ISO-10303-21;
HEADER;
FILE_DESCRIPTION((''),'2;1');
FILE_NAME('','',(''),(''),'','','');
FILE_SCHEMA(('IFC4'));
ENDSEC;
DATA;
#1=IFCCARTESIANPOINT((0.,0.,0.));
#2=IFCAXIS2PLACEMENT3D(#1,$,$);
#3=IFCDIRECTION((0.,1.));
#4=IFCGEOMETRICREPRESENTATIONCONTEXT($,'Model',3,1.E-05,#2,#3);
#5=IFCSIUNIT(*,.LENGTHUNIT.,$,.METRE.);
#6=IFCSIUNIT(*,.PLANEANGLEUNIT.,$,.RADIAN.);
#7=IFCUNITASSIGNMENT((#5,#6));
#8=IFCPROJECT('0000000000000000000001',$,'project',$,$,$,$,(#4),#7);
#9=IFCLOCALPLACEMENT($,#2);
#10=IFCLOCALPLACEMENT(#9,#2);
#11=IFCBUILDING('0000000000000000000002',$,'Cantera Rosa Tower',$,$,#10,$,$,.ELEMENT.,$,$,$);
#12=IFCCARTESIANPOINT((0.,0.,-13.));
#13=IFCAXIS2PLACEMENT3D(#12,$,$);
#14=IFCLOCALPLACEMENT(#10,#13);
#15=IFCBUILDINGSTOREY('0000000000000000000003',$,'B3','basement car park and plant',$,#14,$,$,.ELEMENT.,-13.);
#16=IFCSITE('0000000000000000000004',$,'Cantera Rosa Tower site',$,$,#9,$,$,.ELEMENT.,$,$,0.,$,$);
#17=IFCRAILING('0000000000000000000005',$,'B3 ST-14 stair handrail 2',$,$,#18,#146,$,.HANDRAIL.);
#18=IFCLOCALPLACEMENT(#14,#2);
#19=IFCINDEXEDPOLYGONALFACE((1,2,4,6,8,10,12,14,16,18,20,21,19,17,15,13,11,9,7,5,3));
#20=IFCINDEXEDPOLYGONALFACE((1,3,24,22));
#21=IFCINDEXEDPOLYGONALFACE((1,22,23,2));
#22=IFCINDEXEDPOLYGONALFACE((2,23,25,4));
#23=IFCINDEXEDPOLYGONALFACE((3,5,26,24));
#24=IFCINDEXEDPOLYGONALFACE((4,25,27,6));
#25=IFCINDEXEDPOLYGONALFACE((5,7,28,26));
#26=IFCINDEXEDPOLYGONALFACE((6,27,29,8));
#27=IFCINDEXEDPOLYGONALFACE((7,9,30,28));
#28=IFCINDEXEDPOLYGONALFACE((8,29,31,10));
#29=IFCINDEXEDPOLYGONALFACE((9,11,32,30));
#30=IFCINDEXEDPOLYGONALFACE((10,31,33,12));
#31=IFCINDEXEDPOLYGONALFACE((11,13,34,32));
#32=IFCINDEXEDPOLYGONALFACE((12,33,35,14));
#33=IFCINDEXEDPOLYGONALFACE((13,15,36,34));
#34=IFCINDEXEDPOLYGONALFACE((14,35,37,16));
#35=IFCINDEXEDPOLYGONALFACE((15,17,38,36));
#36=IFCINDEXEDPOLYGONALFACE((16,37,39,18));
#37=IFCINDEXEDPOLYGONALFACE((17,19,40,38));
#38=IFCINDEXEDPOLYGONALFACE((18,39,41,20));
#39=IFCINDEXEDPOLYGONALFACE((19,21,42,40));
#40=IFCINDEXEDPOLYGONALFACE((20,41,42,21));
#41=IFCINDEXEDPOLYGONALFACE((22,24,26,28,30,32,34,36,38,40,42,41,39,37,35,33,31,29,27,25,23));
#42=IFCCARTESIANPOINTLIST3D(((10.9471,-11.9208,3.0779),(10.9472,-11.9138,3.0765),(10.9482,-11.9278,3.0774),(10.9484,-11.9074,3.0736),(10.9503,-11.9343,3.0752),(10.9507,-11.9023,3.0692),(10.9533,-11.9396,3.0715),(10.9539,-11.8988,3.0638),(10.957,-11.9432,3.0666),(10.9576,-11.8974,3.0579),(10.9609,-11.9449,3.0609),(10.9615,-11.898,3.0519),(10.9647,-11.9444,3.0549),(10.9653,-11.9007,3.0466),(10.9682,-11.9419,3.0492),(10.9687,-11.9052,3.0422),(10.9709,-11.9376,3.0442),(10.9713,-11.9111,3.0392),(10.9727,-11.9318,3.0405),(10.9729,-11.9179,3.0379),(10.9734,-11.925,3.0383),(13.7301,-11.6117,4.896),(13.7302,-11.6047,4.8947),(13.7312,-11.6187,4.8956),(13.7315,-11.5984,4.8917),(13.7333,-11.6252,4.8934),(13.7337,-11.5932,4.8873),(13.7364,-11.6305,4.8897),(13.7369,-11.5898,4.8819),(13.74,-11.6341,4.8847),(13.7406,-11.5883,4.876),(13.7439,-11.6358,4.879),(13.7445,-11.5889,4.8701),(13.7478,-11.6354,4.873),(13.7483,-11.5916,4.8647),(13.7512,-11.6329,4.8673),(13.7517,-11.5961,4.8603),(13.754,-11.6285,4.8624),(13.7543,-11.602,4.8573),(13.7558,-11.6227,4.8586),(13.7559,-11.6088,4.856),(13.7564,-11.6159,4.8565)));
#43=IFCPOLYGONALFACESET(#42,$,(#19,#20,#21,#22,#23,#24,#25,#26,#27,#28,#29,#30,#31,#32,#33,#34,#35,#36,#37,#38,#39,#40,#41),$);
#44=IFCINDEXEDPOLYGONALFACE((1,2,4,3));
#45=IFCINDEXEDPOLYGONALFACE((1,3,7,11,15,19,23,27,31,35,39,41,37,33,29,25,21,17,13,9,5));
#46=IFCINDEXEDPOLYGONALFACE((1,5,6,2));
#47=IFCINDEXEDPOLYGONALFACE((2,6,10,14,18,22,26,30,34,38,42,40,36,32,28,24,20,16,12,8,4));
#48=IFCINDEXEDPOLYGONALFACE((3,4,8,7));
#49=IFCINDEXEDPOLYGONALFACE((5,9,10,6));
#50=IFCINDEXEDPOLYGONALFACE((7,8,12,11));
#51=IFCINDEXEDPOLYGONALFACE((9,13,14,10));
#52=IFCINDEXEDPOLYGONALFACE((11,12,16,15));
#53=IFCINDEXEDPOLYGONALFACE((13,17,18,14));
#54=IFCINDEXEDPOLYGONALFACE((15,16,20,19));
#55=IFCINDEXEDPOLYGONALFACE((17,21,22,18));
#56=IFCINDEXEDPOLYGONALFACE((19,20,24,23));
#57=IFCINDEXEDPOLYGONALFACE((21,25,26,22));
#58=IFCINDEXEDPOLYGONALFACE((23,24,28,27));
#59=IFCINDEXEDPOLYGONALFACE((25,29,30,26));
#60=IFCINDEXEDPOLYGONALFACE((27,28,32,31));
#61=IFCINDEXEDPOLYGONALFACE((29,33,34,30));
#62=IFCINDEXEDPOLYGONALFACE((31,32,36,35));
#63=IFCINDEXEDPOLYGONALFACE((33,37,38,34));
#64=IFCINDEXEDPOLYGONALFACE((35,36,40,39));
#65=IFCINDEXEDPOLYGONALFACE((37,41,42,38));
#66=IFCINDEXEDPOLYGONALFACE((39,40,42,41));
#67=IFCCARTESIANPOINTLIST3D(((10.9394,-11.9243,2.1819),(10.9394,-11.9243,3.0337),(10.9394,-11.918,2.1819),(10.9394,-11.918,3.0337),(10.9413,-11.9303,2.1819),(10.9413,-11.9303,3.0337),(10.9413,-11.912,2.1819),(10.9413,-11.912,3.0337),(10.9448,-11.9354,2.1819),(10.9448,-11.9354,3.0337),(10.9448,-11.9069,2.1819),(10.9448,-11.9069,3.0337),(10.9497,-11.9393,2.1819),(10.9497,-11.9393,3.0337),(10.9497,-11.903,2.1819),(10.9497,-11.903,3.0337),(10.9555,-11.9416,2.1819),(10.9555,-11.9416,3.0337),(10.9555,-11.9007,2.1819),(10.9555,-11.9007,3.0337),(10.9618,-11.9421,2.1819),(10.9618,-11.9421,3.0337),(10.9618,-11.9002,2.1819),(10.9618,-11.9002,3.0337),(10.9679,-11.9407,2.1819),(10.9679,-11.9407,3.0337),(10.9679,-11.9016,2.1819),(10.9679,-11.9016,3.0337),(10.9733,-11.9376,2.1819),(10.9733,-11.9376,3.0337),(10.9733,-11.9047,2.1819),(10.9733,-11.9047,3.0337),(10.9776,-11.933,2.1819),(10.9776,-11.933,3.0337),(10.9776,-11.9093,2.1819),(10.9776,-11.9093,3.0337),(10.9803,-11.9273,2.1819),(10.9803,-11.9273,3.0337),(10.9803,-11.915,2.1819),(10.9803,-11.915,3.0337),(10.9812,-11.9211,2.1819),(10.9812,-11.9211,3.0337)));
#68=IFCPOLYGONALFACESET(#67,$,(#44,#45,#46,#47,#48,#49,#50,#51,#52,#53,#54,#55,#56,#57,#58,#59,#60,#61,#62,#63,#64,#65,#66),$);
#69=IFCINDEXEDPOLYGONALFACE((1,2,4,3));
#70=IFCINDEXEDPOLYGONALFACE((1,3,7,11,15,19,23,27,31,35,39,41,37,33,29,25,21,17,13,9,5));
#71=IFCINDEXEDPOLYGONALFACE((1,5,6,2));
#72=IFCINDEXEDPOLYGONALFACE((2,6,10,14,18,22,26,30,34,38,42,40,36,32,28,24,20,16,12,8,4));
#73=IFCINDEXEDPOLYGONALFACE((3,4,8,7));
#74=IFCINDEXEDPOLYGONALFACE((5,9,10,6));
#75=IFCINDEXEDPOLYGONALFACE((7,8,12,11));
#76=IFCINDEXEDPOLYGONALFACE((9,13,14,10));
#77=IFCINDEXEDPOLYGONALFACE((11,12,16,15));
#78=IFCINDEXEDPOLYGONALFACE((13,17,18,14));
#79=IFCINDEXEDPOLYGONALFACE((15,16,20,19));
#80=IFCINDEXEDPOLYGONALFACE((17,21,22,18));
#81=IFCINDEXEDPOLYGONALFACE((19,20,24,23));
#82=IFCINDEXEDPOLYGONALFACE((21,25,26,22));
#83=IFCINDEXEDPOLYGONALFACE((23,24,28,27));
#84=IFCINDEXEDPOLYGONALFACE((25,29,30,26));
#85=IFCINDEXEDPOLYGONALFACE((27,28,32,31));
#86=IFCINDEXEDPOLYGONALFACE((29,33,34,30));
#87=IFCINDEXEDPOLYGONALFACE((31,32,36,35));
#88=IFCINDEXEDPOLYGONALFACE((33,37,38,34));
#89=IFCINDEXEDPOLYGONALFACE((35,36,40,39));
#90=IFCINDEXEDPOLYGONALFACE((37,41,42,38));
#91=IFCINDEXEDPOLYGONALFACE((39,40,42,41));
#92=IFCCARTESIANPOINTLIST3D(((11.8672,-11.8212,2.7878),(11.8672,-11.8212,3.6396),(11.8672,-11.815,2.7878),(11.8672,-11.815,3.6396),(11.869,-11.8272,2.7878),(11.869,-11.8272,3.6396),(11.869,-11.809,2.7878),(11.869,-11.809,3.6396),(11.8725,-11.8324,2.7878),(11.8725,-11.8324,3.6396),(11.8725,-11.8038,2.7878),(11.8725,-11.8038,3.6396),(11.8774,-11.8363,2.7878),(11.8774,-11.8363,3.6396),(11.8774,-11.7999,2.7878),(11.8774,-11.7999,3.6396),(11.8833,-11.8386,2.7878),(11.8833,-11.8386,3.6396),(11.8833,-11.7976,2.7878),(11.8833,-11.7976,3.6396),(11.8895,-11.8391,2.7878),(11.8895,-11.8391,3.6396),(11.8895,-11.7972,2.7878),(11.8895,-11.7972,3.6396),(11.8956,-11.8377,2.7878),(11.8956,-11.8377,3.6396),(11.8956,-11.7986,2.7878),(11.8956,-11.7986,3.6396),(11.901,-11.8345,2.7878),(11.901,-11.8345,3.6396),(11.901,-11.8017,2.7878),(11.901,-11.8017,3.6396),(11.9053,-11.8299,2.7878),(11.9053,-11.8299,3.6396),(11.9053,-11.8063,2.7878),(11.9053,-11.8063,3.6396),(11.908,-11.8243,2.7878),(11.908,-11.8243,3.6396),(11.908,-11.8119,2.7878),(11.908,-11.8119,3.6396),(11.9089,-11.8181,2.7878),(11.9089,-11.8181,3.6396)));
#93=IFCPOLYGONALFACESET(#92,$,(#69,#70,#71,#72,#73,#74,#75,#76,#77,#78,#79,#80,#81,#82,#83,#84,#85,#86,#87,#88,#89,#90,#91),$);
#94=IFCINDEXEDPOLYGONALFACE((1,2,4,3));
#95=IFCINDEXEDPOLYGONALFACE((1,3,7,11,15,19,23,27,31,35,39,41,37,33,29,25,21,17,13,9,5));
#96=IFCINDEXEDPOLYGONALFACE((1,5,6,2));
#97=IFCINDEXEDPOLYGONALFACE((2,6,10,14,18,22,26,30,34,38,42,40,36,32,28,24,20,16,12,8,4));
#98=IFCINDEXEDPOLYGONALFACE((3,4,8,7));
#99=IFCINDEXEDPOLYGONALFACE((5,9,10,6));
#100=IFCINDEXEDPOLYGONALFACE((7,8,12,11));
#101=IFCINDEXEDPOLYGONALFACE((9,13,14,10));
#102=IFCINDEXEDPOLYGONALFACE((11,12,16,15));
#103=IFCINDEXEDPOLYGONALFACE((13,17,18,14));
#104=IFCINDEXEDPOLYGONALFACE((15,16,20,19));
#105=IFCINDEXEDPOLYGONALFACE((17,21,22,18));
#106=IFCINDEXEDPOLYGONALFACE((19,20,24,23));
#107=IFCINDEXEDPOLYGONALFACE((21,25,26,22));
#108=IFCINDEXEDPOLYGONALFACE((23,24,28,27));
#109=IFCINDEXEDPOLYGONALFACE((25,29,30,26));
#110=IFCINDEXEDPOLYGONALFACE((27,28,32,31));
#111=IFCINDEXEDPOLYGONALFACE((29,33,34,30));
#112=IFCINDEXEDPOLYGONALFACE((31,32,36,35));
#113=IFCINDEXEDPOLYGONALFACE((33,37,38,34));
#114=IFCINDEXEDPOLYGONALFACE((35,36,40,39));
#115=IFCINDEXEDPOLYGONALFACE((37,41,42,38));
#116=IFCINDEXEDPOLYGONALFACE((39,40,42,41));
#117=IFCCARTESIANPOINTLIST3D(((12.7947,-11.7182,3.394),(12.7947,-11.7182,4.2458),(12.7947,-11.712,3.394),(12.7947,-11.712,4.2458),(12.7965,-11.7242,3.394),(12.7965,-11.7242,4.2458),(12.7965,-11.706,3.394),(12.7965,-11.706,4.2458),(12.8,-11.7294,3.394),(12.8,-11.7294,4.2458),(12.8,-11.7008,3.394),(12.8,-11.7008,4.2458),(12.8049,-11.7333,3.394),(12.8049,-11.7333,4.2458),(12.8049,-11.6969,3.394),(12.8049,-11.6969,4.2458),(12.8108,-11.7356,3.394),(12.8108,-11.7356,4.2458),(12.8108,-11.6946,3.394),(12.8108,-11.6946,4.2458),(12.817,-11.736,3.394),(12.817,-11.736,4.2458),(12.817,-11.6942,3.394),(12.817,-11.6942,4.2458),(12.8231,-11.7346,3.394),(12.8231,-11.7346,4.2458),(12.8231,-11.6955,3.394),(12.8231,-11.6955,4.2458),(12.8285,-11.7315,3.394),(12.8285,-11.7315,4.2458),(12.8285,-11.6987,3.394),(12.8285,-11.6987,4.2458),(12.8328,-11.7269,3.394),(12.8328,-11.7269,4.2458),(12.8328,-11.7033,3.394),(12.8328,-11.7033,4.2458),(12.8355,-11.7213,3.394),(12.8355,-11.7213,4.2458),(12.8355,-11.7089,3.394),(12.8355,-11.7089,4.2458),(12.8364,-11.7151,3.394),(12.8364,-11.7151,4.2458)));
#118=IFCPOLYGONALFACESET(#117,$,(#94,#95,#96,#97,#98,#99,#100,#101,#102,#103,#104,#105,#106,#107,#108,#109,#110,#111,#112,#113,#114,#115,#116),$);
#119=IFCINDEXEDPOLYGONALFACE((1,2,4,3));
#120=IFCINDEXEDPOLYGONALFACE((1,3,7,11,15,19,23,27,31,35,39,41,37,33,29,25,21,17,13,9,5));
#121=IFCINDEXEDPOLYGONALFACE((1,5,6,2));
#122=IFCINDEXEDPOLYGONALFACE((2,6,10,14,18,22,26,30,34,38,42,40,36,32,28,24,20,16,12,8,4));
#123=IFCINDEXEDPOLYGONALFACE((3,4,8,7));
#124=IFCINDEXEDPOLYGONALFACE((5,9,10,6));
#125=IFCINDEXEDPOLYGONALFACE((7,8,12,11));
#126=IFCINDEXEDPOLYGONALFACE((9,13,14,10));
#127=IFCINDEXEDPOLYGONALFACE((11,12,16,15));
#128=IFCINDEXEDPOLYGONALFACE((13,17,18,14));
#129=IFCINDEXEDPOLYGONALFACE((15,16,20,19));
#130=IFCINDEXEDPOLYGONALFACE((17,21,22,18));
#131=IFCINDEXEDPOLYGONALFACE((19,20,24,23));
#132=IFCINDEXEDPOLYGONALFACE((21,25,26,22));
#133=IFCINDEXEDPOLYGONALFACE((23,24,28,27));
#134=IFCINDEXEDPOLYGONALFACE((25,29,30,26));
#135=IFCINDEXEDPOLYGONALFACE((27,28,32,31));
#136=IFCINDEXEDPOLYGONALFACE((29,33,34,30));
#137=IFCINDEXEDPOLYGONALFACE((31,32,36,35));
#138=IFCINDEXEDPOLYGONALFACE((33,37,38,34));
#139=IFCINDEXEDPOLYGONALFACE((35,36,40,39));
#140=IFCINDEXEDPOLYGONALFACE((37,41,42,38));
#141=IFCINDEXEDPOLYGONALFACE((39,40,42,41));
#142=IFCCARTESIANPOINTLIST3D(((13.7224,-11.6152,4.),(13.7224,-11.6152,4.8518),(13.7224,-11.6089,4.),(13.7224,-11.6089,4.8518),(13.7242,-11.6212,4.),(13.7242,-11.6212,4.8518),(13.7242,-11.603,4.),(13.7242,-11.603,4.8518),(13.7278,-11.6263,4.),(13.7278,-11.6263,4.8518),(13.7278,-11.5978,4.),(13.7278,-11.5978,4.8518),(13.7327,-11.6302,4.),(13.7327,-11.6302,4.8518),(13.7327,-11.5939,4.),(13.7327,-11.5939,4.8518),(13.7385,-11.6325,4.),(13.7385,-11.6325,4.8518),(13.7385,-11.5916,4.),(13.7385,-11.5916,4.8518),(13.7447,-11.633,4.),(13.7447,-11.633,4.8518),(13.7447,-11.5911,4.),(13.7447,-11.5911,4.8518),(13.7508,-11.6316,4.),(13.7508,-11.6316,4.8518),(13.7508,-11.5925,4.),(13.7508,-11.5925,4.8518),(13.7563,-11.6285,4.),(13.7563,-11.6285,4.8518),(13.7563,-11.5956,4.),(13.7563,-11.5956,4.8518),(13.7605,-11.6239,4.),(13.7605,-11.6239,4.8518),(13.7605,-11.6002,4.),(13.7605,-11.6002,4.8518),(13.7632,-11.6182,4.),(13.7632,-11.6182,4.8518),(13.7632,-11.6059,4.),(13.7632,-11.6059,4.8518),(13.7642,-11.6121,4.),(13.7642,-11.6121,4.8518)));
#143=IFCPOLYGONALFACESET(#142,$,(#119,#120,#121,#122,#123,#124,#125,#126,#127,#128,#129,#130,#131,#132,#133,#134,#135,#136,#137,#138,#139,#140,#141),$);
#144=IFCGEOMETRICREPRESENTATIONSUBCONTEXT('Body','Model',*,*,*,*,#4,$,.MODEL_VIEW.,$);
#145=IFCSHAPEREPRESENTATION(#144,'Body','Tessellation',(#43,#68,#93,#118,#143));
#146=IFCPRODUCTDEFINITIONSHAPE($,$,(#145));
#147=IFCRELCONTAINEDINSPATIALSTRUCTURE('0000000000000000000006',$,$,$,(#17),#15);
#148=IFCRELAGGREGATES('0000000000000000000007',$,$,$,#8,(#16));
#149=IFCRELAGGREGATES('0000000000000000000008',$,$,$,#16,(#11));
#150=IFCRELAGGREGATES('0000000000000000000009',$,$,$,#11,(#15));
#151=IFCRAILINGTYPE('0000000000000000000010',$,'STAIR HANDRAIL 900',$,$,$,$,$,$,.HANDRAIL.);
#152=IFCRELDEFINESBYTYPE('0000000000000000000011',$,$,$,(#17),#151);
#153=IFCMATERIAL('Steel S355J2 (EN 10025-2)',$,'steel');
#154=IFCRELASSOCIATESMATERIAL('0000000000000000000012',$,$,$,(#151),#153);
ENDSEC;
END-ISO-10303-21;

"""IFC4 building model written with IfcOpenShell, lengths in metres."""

from ifc_helpers import new_model, si_unit, direction, frame, origin, origin_2d, place, context, subcontext, project, spatial, circle, extrude, material, type_object, element, save


model = new_model("IFC4")

# Units and contexts
model_context = context("Model", 3, precision=1e-05, world=origin(), true_north=direction((0.0, 1.0)))
body_context = subcontext(model_context, "Body", "Model", "MODEL_VIEW")
ifc_project = project(units=[si_unit("LENGTHUNIT", "METRE"), si_unit("PLANEANGLEUNIT", "RADIAN")], contexts=[model_context])

# Site, building, storey
site_placement = place(None, origin())
site = spatial("IfcSite", under=ifc_project, at=site_placement, Name="Cantera Rosa Tower site", CompositionType="ELEMENT", RefElevation=0.0)
building_placement = place(site_placement, origin())
building = spatial("IfcBuilding", under=site, at=building_placement, Name="Cantera Rosa Tower", CompositionType="ELEMENT")
storey_placement = place(building_placement, frame((0.0, 0.0, -13.0)))
storey = spatial("IfcBuildingStorey", under=building, at=storey_placement, Name="B3", Description="basement car park and plant", CompositionType="ELEMENT", Elevation=-13.0)

# Railing
ifc_material_1 = material(Name="Steel S355J2 (EN 10025-2)", Category="steel")
railing_type = type_object("IfcRailingType", Name="STAIR HANDRAIL 900", PredefinedType="HANDRAIL", material=ifc_material_1)
railing_placement = place(storey_placement, frame((10.9602, -11.9211, 2.1819)))
element("IfcRailing", 1, at=railing_placement, inside=storey, type_object=railing_type, Name="B3 ST-14 stair handrail 2", PredefinedType="HANDRAIL", context=body_context, shape_type="SweptSolid", body=[
    extrude(circle(Radius=0.0239, at=origin_2d()), frame((0.0, 0.0, 0.876), z_axis=(0.833582, 0.09258, 0.544582), x_axis=(-0.110384, 0.993889, 0.0)), (0.0, 0.0, 1.0), 3.3386),
    extrude(circle(Radius=0.021, at=origin_2d()), origin(), (0.0, 0.0, 1.0), 0.8518),
    extrude(circle(Radius=0.021, at=origin_2d()), frame((0.9277, 0.103, 0.606)), (0.0, 0.0, 1.0), 0.8518),
    extrude(circle(Radius=0.021, at=origin_2d()), frame((1.8552, 0.2061, 1.2122)), (0.0, 0.0, 1.0), 0.8518),
    extrude(circle(Radius=0.021, at=origin_2d()), frame((2.783, 0.3091, 1.8181)), (0.0, 0.0, 1.0), 0.8518),
])

save(model, "model.ifc")
